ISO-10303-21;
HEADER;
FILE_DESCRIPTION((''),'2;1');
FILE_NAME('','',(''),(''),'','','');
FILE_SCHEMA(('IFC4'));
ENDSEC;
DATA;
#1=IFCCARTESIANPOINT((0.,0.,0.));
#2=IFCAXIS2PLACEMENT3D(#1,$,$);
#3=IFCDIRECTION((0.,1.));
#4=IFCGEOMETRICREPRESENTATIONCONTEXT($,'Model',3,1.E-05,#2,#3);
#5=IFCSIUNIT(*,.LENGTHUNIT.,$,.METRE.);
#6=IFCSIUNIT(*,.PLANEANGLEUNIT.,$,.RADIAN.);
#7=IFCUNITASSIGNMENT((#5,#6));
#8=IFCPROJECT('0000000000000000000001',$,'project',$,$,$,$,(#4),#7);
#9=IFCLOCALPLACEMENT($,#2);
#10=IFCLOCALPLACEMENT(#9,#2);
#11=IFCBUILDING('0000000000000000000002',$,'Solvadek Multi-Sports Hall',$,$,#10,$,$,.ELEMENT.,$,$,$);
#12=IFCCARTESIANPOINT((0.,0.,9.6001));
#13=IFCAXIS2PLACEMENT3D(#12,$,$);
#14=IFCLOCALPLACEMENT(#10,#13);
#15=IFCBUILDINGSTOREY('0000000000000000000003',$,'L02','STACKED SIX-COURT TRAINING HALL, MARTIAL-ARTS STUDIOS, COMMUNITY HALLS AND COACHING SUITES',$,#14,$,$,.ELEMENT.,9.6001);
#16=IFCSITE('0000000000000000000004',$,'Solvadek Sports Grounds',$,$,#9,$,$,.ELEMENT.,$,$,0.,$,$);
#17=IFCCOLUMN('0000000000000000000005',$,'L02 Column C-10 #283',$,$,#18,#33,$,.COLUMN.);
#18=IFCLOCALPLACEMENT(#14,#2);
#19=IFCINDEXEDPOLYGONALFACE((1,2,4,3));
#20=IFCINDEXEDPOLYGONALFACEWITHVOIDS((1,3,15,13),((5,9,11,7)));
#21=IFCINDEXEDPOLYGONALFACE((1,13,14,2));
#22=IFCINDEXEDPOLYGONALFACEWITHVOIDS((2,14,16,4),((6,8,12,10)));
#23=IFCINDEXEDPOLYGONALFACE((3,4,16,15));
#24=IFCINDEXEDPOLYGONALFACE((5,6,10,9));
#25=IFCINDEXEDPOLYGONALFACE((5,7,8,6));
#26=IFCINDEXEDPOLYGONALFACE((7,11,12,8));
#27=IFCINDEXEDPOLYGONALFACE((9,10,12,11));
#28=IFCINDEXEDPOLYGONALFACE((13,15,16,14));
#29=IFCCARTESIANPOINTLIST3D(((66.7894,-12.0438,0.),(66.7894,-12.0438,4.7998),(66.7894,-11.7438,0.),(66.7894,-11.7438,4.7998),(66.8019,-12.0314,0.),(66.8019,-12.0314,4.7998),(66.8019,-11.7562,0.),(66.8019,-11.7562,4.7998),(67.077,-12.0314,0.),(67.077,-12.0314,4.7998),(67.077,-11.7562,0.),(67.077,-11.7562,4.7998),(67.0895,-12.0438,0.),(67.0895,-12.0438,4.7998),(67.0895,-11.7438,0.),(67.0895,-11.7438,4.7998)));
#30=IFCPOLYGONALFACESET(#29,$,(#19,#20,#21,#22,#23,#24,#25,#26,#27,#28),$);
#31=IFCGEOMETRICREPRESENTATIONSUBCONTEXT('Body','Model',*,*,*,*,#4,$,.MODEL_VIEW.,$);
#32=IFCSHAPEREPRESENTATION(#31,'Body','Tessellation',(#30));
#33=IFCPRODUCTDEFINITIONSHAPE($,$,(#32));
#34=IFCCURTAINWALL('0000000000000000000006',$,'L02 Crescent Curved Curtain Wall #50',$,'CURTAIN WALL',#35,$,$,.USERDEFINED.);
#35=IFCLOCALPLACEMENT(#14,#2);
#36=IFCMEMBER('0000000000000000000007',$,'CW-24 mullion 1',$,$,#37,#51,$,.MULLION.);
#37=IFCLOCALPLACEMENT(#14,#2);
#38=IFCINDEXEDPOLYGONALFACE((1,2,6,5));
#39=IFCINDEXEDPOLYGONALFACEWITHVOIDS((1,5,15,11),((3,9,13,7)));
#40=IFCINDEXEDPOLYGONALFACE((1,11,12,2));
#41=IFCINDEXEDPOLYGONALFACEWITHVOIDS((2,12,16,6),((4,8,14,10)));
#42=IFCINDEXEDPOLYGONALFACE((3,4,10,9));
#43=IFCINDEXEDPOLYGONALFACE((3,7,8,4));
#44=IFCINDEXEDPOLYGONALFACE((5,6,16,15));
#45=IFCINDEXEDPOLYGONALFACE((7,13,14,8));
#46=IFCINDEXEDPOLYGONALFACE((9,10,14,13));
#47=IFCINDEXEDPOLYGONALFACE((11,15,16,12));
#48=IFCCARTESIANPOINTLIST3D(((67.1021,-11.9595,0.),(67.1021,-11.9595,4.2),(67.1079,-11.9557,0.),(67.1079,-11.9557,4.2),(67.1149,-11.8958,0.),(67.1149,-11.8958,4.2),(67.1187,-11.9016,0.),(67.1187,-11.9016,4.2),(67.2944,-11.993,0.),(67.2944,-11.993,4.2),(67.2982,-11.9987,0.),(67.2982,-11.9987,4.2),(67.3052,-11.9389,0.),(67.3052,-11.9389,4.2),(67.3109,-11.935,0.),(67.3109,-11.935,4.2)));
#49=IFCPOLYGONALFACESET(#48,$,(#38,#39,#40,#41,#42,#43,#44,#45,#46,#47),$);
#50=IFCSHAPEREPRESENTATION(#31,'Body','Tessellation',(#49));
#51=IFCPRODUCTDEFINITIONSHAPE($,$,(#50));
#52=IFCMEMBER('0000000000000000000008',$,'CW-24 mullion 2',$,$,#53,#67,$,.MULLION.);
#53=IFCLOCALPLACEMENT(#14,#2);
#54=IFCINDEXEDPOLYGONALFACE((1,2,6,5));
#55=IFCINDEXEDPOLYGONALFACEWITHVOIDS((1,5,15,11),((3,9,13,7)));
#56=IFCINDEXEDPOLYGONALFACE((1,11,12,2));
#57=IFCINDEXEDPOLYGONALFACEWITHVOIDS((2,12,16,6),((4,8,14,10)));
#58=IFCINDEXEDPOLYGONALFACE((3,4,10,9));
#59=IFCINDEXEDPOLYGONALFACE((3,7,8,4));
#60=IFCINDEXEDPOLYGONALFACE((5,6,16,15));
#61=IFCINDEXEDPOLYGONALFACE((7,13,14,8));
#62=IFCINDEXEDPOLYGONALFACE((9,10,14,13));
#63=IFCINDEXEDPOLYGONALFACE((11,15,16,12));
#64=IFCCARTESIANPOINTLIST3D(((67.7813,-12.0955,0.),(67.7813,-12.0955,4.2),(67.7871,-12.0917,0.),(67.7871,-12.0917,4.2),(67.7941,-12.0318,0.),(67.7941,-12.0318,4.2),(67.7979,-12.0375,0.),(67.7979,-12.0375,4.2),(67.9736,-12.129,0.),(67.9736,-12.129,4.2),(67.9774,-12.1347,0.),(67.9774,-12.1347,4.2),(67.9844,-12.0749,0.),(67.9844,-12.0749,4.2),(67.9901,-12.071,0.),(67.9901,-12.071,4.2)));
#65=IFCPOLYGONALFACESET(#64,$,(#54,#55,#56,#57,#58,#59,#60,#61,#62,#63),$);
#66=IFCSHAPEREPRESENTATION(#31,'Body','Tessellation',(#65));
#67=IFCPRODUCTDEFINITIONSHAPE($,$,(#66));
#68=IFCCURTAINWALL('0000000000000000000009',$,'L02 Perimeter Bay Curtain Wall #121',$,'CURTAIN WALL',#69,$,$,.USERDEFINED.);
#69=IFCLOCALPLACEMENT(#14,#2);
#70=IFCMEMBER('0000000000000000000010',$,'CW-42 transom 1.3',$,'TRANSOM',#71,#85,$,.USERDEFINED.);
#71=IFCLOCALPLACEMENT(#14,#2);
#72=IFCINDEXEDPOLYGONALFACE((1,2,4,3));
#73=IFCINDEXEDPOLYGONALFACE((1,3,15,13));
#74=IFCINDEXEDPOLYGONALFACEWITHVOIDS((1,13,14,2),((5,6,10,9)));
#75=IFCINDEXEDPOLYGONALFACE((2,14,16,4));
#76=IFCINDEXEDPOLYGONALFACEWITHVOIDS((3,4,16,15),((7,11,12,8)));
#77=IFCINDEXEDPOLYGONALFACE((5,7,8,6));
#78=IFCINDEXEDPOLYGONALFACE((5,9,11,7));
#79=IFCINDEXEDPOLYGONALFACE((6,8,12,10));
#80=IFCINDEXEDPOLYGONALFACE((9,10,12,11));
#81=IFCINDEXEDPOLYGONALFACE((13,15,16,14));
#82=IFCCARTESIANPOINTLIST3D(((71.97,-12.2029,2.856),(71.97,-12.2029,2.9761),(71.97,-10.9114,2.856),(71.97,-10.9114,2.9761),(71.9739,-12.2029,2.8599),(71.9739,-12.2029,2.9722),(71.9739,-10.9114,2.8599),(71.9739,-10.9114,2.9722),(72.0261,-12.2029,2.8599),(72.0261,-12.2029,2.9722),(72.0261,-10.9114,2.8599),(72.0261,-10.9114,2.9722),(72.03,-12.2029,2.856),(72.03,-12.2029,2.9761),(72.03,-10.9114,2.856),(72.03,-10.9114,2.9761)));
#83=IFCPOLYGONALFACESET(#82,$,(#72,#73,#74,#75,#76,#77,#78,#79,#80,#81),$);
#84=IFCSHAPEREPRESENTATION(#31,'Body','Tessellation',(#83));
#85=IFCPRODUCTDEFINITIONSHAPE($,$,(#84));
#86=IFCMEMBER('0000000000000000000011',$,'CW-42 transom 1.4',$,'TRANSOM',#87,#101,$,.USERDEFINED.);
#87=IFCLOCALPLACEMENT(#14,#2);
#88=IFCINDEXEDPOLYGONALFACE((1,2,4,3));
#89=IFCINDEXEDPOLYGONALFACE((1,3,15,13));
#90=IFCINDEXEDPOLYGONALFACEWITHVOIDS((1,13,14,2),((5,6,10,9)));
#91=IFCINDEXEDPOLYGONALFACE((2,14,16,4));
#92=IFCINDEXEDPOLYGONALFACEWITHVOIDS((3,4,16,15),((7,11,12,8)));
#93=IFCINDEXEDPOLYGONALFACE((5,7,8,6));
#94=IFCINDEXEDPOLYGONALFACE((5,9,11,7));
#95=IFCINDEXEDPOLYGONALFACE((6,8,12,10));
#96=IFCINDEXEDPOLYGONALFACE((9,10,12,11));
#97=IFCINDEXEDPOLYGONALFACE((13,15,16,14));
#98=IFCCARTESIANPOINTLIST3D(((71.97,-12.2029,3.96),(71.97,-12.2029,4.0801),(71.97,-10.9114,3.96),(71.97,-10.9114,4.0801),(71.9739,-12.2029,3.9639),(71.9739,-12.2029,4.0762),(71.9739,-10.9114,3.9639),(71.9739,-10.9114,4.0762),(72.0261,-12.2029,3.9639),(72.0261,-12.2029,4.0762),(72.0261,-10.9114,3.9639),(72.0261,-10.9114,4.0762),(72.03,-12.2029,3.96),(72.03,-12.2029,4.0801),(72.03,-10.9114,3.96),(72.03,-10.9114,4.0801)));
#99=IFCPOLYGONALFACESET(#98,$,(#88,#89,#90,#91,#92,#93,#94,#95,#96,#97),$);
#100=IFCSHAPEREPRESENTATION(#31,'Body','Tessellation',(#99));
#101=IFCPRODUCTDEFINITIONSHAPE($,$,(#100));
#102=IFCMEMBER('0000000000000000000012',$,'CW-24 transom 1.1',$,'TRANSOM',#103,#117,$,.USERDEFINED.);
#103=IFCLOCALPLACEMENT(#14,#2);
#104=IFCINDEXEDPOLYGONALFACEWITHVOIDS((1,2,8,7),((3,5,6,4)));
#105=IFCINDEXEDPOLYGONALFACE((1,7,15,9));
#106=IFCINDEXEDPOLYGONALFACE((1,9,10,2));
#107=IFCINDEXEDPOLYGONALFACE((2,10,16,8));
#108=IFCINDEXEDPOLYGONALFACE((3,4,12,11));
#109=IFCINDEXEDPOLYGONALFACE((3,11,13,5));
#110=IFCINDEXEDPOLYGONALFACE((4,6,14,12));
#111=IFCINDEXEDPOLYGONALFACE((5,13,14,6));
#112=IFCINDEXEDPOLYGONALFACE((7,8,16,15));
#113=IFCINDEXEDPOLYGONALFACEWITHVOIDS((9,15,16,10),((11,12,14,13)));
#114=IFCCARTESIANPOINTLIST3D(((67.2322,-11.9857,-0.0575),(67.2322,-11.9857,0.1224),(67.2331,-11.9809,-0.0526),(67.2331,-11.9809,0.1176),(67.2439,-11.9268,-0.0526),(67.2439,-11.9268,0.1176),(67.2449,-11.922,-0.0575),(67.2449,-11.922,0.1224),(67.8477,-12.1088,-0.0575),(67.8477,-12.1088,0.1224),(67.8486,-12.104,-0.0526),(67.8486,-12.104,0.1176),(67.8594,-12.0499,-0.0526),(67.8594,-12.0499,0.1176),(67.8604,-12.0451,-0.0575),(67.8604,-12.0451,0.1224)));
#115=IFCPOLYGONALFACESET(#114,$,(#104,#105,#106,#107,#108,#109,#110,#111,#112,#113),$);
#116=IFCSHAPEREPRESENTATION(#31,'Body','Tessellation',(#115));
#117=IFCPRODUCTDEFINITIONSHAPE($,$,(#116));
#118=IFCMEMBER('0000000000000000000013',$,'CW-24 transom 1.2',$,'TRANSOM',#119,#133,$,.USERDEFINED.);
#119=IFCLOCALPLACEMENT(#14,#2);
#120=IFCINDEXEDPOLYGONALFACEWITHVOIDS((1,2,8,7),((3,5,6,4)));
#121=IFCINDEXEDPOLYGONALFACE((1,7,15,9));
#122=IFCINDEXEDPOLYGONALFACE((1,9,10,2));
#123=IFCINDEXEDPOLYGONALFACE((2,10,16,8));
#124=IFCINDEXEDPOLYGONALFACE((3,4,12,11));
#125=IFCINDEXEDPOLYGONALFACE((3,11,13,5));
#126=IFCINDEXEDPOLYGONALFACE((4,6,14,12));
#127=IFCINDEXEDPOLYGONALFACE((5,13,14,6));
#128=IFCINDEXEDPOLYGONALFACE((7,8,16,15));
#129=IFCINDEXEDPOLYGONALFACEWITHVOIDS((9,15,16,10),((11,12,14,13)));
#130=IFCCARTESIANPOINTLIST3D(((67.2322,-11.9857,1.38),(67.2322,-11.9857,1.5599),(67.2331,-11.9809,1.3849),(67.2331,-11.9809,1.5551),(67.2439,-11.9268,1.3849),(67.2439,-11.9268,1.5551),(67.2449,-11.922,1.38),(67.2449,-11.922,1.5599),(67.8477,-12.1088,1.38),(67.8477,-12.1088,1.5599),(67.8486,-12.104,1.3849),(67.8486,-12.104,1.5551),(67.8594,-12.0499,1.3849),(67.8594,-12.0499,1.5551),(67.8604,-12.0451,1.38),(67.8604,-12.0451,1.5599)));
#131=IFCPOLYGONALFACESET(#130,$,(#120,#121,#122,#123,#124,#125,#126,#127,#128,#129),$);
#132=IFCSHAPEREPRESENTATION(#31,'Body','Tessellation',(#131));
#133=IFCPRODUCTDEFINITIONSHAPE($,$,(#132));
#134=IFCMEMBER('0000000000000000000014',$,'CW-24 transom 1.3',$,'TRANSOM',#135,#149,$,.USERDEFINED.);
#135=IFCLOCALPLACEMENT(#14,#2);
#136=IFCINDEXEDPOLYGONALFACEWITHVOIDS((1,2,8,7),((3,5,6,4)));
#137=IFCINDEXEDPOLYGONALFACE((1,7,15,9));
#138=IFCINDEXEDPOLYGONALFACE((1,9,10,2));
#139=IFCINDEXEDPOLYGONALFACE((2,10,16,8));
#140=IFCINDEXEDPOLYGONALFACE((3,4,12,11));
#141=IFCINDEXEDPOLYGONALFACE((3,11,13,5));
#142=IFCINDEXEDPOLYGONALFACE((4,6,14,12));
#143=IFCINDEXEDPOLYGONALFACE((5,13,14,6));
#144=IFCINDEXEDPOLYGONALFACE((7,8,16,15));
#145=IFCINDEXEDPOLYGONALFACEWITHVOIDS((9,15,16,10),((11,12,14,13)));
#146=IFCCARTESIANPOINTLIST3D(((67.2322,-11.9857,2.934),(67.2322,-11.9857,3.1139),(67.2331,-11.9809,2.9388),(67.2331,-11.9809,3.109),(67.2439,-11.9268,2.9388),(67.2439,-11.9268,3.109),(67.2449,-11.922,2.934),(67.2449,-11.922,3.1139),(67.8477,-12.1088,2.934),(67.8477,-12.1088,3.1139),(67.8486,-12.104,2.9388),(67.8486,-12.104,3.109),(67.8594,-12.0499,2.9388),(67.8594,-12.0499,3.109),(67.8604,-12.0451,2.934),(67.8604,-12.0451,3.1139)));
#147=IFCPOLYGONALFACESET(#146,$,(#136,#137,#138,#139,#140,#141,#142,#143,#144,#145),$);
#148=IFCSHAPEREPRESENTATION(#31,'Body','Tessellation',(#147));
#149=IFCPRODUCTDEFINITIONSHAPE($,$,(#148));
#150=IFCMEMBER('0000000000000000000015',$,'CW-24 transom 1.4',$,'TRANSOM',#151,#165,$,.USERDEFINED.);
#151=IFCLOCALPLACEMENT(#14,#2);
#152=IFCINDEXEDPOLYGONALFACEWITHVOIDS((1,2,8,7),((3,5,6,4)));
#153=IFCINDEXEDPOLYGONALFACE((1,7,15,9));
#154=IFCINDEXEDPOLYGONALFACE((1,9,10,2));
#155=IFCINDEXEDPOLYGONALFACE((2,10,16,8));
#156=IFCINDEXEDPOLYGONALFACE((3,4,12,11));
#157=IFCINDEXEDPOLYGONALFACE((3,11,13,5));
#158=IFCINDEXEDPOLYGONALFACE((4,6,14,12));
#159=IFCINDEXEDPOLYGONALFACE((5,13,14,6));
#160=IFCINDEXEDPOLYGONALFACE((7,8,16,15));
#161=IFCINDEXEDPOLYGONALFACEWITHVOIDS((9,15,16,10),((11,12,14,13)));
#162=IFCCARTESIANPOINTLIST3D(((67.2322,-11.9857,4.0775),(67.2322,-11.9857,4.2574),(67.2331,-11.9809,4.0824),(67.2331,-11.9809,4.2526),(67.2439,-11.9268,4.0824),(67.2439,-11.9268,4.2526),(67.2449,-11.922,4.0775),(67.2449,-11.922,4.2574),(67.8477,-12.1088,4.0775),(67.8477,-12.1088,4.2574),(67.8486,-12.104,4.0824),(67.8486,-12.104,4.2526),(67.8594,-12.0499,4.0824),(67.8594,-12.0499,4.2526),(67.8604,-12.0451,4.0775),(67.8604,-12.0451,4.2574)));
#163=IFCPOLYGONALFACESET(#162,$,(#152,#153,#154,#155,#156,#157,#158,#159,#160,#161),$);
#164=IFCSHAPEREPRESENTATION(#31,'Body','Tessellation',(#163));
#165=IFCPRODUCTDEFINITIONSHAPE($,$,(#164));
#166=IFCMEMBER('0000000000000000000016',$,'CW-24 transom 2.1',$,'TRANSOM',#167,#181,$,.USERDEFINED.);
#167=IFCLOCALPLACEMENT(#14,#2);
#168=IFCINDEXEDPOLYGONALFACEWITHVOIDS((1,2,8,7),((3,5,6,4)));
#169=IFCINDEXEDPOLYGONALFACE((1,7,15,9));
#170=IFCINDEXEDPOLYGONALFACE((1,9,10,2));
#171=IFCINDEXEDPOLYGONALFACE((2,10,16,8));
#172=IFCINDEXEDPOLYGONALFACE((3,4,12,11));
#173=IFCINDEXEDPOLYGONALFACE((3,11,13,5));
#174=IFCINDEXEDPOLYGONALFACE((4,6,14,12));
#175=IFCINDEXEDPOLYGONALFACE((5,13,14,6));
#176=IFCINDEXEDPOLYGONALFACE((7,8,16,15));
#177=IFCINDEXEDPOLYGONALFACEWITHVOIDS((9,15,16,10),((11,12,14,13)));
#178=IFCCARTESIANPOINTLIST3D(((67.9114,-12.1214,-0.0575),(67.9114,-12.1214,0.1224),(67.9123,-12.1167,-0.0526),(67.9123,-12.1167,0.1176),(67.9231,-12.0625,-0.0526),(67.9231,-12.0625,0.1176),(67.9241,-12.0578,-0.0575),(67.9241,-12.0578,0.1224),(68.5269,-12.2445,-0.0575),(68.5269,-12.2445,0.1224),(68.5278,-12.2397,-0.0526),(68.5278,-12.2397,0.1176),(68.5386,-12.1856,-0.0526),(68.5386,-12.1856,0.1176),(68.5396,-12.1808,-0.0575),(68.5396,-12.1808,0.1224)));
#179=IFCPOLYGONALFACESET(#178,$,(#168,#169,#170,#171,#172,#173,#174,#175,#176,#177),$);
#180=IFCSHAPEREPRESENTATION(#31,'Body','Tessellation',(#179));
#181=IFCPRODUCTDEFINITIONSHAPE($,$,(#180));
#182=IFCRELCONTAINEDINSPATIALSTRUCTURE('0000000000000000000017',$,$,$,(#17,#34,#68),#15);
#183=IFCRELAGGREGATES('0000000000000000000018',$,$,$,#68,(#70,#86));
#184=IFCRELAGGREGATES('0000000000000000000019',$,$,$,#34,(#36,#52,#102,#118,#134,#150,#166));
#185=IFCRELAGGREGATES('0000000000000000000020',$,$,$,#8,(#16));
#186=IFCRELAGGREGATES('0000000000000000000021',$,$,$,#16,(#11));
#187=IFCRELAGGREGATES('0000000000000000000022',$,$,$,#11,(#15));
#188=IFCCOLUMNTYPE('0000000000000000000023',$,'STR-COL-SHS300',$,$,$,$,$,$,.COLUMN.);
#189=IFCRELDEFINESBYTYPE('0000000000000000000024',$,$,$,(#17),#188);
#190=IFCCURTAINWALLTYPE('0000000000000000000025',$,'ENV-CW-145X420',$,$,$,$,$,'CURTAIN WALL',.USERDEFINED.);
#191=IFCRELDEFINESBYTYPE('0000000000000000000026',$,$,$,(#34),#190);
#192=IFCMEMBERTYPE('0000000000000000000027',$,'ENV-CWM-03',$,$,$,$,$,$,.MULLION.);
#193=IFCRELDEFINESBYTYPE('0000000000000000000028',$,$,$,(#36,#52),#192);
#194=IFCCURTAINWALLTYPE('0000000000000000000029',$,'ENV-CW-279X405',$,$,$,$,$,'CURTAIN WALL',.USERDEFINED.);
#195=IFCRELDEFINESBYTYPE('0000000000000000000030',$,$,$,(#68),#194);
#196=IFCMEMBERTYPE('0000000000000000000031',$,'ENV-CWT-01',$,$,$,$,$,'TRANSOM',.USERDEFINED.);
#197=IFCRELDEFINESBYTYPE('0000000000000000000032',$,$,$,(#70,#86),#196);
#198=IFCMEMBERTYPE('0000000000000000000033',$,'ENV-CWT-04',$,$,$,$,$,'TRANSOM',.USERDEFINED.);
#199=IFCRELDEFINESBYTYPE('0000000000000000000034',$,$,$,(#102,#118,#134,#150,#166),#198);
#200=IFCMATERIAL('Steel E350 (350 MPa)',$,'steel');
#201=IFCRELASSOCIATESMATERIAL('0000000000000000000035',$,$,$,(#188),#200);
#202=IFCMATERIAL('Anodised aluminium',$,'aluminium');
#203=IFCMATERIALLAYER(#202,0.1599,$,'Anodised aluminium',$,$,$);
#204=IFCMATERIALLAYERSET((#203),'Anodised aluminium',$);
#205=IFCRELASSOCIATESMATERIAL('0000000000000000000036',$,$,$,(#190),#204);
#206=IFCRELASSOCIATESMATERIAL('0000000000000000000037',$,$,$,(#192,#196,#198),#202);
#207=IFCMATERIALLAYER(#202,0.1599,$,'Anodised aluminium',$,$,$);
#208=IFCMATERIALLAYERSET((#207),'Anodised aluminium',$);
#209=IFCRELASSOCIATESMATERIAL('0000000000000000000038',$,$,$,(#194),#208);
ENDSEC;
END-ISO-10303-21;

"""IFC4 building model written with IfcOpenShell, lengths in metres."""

from ifc_helpers import new_model, si_unit, direction, frame, origin, origin_2d, place, context, subcontext, project, spatial, hollow_rectangle, extrude, material, layer, layer_set, material_profile, profile_set, type_object, element, aggregate, save


model = new_model("IFC4")

# Units and contexts
model_context = context("Model", 3, precision=1e-05, world=origin(), true_north=direction((0.0, 1.0)))
body_context = subcontext(model_context, "Body", "Model", "MODEL_VIEW")
ifc_project = project(units=[si_unit("LENGTHUNIT", "METRE"), si_unit("PLANEANGLEUNIT", "RADIAN")], contexts=[model_context])

# Site, building, storey
site_placement = place(None, origin())
site = spatial("IfcSite", under=ifc_project, at=site_placement, Name="Solvadek Sports Grounds", CompositionType="ELEMENT", RefElevation=0.0)
building_placement = place(site_placement, origin())
building = spatial("IfcBuilding", under=site, at=building_placement, Name="Solvadek Multi-Sports Hall", CompositionType="ELEMENT")
storey_placement = place(building_placement, frame((0.0, 0.0, 9.6001)))
storey = spatial("IfcBuildingStorey", under=building, at=storey_placement, Name="L02", Description="STACKED SIX-COURT TRAINING HALL, MARTIAL-ARTS STUDIOS, COMMUNITY HALLS AND COACHING SUITES", CompositionType="ELEMENT", Elevation=9.6001)

# Column
ifc_material_1 = material(Name="Steel E350 (350 MPa)", Category="steel")
ifc_material_profile_1 = material_profile(ifc_material_1, hollow_rectangle(XDim=0.3, YDim=0.3, WallThickness=0.0125, at=origin_2d()), Name="SHS 300x300x12.5")
ifc_profile_set_1 = profile_set([ifc_material_profile_1], Name="Steel E350 (350 MPa)")
column_type = type_object("IfcColumnType", Name="STR-COL-SHS300", PredefinedType="COLUMN", material=ifc_profile_set_1)
column_placement = place(storey_placement, frame((66.9395, -11.8938, 0.0), z_axis=(0.0, 0.0, 1.0), x_axis=(1.0, 0.0, 0.0)))
element("IfcColumn", 1, at=column_placement, inside=storey, type_object=column_type, Name="L02 Column C-10 #283", PredefinedType="COLUMN", context=body_context, shape_type="SweptSolid", body=[
    extrude(hollow_rectangle(XDim=0.3, YDim=0.3, WallThickness=0.0125, at=origin_2d()), origin(), (0.0, 0.0, 1.0), 4.7998),
])

# Curtain walls, members
ifc_material_2 = material(Name="Anodised aluminium", Category="aluminium")
ifc_layer_1 = layer(ifc_material_2, 0.1599, Name="Anodised aluminium")
ifc_layer_set_1 = layer_set([ifc_layer_1], Name="Anodised aluminium")
curtain_wall_type_1 = type_object("IfcCurtainWallType", Name="ENV-CW-145X420", ElementType="CURTAIN WALL", PredefinedType="USERDEFINED", material=ifc_layer_set_1)
curtain_wall_1_placement = place(storey_placement, origin())
curtain_wall_1 = element("IfcCurtainWall", 2, at=curtain_wall_1_placement, inside=storey, type_object=curtain_wall_type_1, Name="L02 Crescent Curved Curtain Wall #50", ObjectType="CURTAIN WALL", PredefinedType="USERDEFINED")
ifc_material_profile_2 = material_profile(ifc_material_2, hollow_rectangle(XDim=0.0649, YDim=0.2, WallThickness=0.0049, at=origin_2d()), Name="ALU-M 200x65x5")
ifc_profile_set_2 = profile_set([ifc_material_profile_2], Name="Anodised aluminium")
member_type_1 = type_object("IfcMemberType", Name="ENV-CWM-03", PredefinedType="MULLION", material=ifc_profile_set_2)
member_1_placement = place(storey_placement, frame((67.2065, -11.9473, 0.0), z_axis=(0.0, 0.0, 1.0), x_axis=(0.196156, 0.980573, 0.0)))
member_1 = element("IfcMember", 3, at=member_1_placement, type_object=member_type_1, Name="CW-24 mullion 1", PredefinedType="MULLION", context=body_context, shape_type="SweptSolid", body=[
    extrude(hollow_rectangle(XDim=0.0649, YDim=0.2, WallThickness=0.0049, at=origin_2d()), origin(), (0.0, 0.0, 1.0), 4.2),
])
member_2_placement = place(storey_placement, frame((67.8857, -12.0833, 0.0), z_axis=(0.0, 0.0, 1.0), x_axis=(0.196156, 0.980573, 0.0)))
member_2 = element("IfcMember", 4, at=member_2_placement, type_object=member_type_1, Name="CW-24 mullion 2", PredefinedType="MULLION", context=body_context, shape_type="SweptSolid", body=[
    extrude(hollow_rectangle(XDim=0.0649, YDim=0.2, WallThickness=0.0049, at=origin_2d()), origin(), (0.0, 0.0, 1.0), 4.2),
])
ifc_layer_2 = layer(ifc_material_2, 0.1599, Name="Anodised aluminium")
ifc_layer_set_2 = layer_set([ifc_layer_2], Name="Anodised aluminium")
curtain_wall_type_2 = type_object("IfcCurtainWallType", Name="ENV-CW-279X405", ElementType="CURTAIN WALL", PredefinedType="USERDEFINED", material=ifc_layer_set_2)
curtain_wall_2_placement = place(storey_placement, origin())
curtain_wall_2 = element("IfcCurtainWall", 5, at=curtain_wall_2_placement, inside=storey, type_object=curtain_wall_type_2, Name="L02 Perimeter Bay Curtain Wall #121", ObjectType="CURTAIN WALL", PredefinedType="USERDEFINED")
ifc_material_profile_3 = material_profile(ifc_material_2, hollow_rectangle(XDim=0.0601, YDim=0.1201, WallThickness=0.0039, at=origin_2d()), Name="ALU-T 120x60x4")
ifc_profile_set_3 = profile_set([ifc_material_profile_3], Name="Anodised aluminium")
member_type_2 = type_object("IfcMemberType", Name="ENV-CWT-01", ElementType="TRANSOM", PredefinedType="USERDEFINED", material=ifc_profile_set_3)
member_3_placement = place(storey_placement, frame((72.0, -12.2029, 2.916), z_axis=(0.0, 1.0, 0.0), x_axis=(-1.0, 0.0, 0.0)))
member_3 = element("IfcMember", 6, at=member_3_placement, type_object=member_type_2, Name="CW-42 transom 1.3", ObjectType="TRANSOM", PredefinedType="USERDEFINED", context=body_context, shape_type="SweptSolid", body=[
    extrude(hollow_rectangle(XDim=0.0601, YDim=0.1201, WallThickness=0.0039, at=origin_2d()), origin(), (0.0, 0.0, 1.0), 1.2915),
])
member_4_placement = place(storey_placement, frame((72.0, -12.2029, 4.02), z_axis=(0.0, 1.0, 0.0), x_axis=(-1.0, 0.0, 0.0)))
member_4 = element("IfcMember", 7, at=member_4_placement, type_object=member_type_2, Name="CW-42 transom 1.4", ObjectType="TRANSOM", PredefinedType="USERDEFINED", context=body_context, shape_type="SweptSolid", body=[
    extrude(hollow_rectangle(XDim=0.0601, YDim=0.1201, WallThickness=0.0039, at=origin_2d()), origin(), (0.0, 0.0, 1.0), 1.2915),
])
aggregate(curtain_wall_2, [member_3, member_4])

# Members
ifc_material_profile_4 = material_profile(ifc_material_2, hollow_rectangle(XDim=0.0649, YDim=0.1799, WallThickness=0.0049, at=origin_2d()), Name="ALU-T 180x65x5")
ifc_profile_set_4 = profile_set([ifc_material_profile_4], Name="Anodised aluminium")
member_type_3 = type_object("IfcMemberType", Name="ENV-CWT-04", ElementType="TRANSOM", PredefinedType="USERDEFINED", material=ifc_profile_set_4)
member_5_placement = place(storey_placement, frame((67.2385, -11.9539, 0.0325), z_axis=(0.980596, -0.196041, 0.0), x_axis=(0.196041, 0.980596, 0.0)))
member_5 = element("IfcMember", 8, at=member_5_placement, type_object=member_type_3, Name="CW-24 transom 1.1", ObjectType="TRANSOM", PredefinedType="USERDEFINED", context=body_context, shape_type="SweptSolid", body=[
    extrude(hollow_rectangle(XDim=0.0649, YDim=0.1799, WallThickness=0.0049, at=origin_2d()), origin(), (0.0, 0.0, 1.0), 0.6277),
])
member_6_placement = place(storey_placement, frame((67.2385, -11.9539, 1.47), z_axis=(0.980596, -0.196041, 0.0), x_axis=(0.196041, 0.980596, 0.0)))
member_6 = element("IfcMember", 9, at=member_6_placement, type_object=member_type_3, Name="CW-24 transom 1.2", ObjectType="TRANSOM", PredefinedType="USERDEFINED", context=body_context, shape_type="SweptSolid", body=[
    extrude(hollow_rectangle(XDim=0.0649, YDim=0.1799, WallThickness=0.0049, at=origin_2d()), origin(), (0.0, 0.0, 1.0), 0.6277),
])
member_7_placement = place(storey_placement, frame((67.2385, -11.9539, 3.0239), z_axis=(0.980596, -0.196041, 0.0), x_axis=(0.196041, 0.980596, 0.0)))
member_7 = element("IfcMember", 10, at=member_7_placement, type_object=member_type_3, Name="CW-24 transom 1.3", ObjectType="TRANSOM", PredefinedType="USERDEFINED", context=body_context, shape_type="SweptSolid", body=[
    extrude(hollow_rectangle(XDim=0.0649, YDim=0.1799, WallThickness=0.0049, at=origin_2d()), origin(), (0.0, 0.0, 1.0), 0.6277),
])
member_8_placement = place(storey_placement, frame((67.2385, -11.9539, 4.1675), z_axis=(0.980596, -0.196041, 0.0), x_axis=(0.196041, 0.980596, 0.0)))
member_8 = element("IfcMember", 11, at=member_8_placement, type_object=member_type_3, Name="CW-24 transom 1.4", ObjectType="TRANSOM", PredefinedType="USERDEFINED", context=body_context, shape_type="SweptSolid", body=[
    extrude(hollow_rectangle(XDim=0.0649, YDim=0.1799, WallThickness=0.0049, at=origin_2d()), origin(), (0.0, 0.0, 1.0), 0.6277),
])
member_9_placement = place(storey_placement, frame((67.9177, -12.0896, 0.0325), z_axis=(0.980596, -0.196041, 0.0), x_axis=(0.196041, 0.980596, 0.0)))
member_9 = element("IfcMember", 12, at=member_9_placement, type_object=member_type_3, Name="CW-24 transom 2.1", ObjectType="TRANSOM", PredefinedType="USERDEFINED", context=body_context, shape_type="SweptSolid", body=[
    extrude(hollow_rectangle(XDim=0.0649, YDim=0.1799, WallThickness=0.0049, at=origin_2d()), origin(), (0.0, 0.0, 1.0), 0.6277),
])

aggregate(curtain_wall_1, [member_1, member_2, member_5, member_6, member_7, member_8, member_9])

save(model, "model.ifc")
